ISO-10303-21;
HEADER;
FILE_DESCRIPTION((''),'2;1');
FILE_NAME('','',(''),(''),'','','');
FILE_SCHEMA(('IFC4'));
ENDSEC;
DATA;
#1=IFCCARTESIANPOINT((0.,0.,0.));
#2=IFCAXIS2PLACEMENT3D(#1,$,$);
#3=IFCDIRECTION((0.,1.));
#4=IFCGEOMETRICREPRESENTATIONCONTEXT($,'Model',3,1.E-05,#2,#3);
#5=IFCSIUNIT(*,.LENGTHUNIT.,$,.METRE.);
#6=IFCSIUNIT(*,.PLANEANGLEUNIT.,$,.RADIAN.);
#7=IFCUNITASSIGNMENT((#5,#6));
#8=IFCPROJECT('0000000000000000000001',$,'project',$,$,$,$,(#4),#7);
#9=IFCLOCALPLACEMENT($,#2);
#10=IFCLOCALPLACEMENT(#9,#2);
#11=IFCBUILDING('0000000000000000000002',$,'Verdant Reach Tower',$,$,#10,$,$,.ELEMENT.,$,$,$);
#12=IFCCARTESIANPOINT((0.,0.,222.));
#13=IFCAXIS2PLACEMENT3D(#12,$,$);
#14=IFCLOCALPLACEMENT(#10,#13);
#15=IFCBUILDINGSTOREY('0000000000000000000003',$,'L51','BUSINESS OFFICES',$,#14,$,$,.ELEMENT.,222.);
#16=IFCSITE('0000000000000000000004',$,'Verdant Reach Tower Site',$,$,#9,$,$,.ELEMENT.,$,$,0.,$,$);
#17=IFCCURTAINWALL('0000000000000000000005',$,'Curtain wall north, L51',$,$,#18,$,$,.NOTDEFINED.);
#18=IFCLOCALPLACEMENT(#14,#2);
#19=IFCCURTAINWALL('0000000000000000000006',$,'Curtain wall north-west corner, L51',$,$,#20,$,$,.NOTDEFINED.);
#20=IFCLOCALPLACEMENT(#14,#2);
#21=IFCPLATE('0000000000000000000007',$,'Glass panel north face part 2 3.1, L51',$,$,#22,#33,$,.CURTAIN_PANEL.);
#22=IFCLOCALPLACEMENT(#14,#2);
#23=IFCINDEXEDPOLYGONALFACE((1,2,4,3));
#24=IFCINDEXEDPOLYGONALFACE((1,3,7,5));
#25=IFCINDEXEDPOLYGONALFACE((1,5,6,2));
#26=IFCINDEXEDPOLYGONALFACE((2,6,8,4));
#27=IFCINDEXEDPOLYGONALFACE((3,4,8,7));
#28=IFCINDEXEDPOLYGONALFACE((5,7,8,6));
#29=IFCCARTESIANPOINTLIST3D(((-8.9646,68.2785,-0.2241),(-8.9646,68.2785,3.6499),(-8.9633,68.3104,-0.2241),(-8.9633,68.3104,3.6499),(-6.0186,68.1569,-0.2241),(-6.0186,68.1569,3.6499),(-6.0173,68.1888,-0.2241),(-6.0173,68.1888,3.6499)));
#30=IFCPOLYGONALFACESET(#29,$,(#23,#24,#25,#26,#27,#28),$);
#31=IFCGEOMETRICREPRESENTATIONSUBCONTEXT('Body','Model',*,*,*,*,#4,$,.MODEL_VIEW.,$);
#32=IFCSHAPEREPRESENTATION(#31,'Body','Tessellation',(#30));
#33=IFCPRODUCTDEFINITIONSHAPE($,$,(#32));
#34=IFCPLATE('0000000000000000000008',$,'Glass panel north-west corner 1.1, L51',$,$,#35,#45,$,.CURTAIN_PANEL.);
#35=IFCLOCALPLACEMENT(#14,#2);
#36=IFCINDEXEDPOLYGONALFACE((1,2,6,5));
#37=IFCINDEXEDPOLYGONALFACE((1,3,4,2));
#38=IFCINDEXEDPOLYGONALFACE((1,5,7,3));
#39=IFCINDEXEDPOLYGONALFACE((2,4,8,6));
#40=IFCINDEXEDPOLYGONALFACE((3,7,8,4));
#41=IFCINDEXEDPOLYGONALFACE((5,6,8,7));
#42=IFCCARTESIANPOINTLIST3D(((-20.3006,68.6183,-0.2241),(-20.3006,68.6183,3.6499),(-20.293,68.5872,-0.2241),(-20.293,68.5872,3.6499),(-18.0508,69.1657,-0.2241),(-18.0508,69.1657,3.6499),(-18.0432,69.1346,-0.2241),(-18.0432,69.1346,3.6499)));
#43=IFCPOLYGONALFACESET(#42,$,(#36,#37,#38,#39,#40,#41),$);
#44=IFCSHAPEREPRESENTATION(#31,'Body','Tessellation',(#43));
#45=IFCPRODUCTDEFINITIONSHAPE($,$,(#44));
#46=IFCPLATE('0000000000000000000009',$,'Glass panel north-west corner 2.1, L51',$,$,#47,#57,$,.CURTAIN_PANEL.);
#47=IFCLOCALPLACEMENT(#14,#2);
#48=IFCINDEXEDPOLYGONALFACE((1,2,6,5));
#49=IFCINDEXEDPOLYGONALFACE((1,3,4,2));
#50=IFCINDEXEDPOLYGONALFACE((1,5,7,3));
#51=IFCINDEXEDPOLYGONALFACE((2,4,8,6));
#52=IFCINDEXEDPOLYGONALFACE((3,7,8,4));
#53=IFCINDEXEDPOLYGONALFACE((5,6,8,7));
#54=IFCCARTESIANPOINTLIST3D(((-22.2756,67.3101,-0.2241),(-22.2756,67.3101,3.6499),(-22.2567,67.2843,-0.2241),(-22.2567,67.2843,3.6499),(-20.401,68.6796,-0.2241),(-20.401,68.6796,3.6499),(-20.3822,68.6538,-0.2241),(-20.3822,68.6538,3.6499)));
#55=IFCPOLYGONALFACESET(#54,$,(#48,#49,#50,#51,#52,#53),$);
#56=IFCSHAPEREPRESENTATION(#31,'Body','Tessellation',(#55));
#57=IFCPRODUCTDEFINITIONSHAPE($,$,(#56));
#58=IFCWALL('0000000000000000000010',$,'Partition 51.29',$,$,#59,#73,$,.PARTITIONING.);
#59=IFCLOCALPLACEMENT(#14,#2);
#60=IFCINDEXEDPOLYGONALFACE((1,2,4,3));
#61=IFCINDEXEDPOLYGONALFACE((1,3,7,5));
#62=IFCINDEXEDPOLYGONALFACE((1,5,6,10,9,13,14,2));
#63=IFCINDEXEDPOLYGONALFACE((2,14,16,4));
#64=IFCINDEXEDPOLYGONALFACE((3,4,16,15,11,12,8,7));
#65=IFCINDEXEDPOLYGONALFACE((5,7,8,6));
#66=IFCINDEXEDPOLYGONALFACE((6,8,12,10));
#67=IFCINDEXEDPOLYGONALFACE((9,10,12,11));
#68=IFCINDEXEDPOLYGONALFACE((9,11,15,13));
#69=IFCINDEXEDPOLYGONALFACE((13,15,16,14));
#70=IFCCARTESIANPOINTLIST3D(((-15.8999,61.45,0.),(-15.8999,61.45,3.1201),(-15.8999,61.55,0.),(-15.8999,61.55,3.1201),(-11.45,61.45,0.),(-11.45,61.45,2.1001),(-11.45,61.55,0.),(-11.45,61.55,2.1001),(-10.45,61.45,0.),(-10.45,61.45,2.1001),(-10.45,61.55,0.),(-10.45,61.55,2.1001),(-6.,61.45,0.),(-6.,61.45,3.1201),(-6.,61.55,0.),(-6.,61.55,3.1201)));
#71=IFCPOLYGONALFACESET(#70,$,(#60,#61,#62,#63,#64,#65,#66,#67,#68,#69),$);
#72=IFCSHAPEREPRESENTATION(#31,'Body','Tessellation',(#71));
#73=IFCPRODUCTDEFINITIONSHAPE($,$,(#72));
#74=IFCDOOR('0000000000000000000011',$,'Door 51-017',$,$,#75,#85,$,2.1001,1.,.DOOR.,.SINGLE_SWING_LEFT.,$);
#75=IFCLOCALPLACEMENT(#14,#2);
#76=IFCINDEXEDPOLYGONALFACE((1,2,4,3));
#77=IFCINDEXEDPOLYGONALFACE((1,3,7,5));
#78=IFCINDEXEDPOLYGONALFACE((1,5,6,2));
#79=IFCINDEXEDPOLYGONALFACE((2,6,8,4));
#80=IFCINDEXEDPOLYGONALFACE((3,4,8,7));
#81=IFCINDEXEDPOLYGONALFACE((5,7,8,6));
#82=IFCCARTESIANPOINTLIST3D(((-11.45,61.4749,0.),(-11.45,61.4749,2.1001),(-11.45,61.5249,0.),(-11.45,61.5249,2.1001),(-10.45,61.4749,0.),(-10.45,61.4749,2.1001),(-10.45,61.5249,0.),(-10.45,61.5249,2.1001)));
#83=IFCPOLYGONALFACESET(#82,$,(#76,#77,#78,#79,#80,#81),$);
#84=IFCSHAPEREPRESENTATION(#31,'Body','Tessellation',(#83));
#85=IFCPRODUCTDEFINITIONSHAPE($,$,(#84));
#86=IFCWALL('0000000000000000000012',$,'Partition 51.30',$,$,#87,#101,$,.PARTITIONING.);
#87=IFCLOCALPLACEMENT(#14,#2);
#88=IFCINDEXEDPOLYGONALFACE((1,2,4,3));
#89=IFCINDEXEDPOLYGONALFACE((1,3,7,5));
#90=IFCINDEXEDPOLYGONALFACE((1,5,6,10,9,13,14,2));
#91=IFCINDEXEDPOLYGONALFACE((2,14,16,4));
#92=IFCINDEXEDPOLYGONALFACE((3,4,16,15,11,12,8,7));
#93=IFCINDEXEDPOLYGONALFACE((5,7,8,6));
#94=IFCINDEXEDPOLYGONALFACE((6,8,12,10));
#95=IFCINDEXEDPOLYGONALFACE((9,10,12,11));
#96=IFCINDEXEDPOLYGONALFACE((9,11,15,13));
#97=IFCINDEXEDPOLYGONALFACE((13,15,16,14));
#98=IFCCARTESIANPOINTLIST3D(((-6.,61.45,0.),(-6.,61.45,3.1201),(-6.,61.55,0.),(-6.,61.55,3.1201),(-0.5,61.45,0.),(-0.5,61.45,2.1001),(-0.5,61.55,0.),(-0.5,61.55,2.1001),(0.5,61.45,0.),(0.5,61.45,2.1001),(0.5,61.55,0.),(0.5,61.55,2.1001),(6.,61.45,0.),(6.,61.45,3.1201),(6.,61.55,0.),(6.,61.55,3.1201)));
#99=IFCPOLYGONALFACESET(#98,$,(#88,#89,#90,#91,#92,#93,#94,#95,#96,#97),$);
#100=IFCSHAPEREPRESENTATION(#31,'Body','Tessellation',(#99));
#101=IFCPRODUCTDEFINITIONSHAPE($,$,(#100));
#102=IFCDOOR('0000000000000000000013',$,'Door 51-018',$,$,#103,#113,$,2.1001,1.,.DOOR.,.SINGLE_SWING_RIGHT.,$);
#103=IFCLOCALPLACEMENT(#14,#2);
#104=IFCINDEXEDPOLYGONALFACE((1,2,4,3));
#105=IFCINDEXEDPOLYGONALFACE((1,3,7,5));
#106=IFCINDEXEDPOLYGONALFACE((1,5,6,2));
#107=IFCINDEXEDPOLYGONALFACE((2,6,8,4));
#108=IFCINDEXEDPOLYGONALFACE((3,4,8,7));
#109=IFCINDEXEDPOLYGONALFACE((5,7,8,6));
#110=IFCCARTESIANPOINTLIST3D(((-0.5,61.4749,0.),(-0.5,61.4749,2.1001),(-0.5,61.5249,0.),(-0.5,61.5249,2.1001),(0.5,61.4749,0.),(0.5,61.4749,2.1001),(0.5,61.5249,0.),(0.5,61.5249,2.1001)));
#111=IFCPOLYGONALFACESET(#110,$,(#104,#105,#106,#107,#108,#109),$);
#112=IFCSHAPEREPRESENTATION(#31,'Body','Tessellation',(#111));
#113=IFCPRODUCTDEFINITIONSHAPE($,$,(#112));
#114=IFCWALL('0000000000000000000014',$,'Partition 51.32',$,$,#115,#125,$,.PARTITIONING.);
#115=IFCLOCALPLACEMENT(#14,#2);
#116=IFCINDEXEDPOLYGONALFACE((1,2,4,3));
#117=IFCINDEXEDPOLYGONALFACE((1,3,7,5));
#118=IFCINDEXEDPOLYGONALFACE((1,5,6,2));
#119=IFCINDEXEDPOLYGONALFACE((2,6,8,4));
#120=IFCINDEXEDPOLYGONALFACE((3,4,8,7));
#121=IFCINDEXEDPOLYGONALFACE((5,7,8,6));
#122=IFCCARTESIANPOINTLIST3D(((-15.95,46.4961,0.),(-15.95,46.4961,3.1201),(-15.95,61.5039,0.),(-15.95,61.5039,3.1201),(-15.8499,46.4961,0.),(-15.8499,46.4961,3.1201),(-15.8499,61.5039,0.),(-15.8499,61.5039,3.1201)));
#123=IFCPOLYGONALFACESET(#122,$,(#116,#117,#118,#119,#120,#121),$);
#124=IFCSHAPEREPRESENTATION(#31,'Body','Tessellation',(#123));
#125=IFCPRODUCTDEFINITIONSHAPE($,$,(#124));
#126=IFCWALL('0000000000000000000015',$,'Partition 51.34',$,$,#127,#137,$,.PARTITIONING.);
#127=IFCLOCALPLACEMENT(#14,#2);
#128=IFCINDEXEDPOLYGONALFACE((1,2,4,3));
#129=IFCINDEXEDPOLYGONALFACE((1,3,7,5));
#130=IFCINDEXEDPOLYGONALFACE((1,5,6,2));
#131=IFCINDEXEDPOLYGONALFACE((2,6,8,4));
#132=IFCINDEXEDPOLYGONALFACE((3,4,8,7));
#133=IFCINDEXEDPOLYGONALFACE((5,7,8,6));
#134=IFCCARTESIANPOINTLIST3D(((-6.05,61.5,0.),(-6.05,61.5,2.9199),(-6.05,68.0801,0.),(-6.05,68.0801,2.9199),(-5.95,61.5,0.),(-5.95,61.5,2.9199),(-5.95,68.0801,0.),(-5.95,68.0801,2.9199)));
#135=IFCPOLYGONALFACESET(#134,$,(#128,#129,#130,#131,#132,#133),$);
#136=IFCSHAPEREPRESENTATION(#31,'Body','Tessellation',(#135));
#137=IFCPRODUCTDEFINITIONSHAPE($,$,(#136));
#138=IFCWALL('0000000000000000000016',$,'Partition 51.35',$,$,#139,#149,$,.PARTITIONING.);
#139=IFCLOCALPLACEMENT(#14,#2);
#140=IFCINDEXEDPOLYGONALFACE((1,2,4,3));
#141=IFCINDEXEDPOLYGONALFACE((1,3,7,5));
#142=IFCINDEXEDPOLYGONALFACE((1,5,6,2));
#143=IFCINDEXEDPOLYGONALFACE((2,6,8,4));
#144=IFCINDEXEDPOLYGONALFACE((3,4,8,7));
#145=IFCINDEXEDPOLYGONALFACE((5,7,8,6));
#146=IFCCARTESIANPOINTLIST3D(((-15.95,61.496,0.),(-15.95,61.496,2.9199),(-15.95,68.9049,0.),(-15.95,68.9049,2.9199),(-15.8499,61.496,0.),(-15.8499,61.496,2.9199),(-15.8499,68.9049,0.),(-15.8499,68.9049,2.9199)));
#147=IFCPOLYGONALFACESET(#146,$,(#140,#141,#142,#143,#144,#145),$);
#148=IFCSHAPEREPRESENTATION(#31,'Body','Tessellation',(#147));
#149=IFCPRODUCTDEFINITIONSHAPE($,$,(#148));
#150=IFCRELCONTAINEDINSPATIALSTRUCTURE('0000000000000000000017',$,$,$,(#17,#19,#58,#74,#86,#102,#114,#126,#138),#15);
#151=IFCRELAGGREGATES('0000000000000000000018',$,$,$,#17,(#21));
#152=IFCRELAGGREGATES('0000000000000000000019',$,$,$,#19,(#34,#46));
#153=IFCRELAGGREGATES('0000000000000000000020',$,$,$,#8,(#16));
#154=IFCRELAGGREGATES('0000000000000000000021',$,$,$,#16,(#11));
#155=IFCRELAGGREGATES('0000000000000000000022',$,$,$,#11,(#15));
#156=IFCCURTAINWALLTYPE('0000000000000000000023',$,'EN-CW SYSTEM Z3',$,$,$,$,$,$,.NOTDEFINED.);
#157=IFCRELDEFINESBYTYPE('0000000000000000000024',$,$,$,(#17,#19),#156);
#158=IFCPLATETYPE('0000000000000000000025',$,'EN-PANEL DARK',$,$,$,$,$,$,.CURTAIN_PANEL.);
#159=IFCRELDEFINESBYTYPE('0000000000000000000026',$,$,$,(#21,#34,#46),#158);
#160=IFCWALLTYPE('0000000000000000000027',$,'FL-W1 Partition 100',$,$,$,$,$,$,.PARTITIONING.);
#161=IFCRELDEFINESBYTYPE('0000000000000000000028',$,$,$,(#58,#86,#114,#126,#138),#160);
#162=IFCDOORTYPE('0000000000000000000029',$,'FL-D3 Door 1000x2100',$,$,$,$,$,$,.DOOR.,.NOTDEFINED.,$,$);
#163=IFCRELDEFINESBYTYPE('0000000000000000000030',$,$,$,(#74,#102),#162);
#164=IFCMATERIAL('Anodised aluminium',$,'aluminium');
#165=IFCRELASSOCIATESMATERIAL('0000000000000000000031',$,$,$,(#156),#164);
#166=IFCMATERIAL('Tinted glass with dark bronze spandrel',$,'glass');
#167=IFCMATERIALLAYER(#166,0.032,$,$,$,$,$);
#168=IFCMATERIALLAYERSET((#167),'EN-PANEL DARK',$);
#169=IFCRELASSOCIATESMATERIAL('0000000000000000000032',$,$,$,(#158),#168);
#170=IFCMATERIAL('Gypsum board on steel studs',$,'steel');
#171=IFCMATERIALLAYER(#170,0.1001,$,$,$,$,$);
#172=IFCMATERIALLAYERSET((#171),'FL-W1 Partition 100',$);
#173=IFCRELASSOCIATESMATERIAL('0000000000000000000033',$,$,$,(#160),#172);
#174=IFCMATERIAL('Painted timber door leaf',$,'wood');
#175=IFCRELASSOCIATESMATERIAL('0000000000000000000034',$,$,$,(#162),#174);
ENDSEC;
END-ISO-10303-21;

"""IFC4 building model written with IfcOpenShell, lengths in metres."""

from ifc_helpers import new_model, si_unit, direction, frame, frame_2d, origin, origin_2d, place, context, subcontext, project, spatial, rectangle, extrude, material, layer, layer_set, type_object, element, fill, aggregate, save


model = new_model("IFC4")

# Units and contexts
model_context = context("Model", 3, precision=1e-05, world=origin(), true_north=direction((0.0, 1.0)))
body_context = subcontext(model_context, "Body", "Model", "MODEL_VIEW")
ifc_project = project(units=[si_unit("LENGTHUNIT", "METRE"), si_unit("PLANEANGLEUNIT", "RADIAN")], contexts=[model_context])

# Site, building, storey
site_placement = place(None, origin())
site = spatial("IfcSite", under=ifc_project, at=site_placement, Name="Verdant Reach Tower Site", CompositionType="ELEMENT", RefElevation=0.0)
building_placement = place(site_placement, origin())
building = spatial("IfcBuilding", under=site, at=building_placement, Name="Verdant Reach Tower", CompositionType="ELEMENT")
storey_placement = place(building_placement, frame((0.0, 0.0, 222.0)))
storey = spatial("IfcBuildingStorey", under=building, at=storey_placement, Name="L51", Description="BUSINESS OFFICES", CompositionType="ELEMENT", Elevation=222.0)

# Curtain wall
ifc_material_1 = material(Name="Anodised aluminium", Category="aluminium")
curtain_wall_type = type_object("IfcCurtainWallType", Name="EN-CW SYSTEM Z3", PredefinedType="NOTDEFINED", material=ifc_material_1)
curtain_wall_1_placement = place(storey_placement, origin())
curtain_wall_1 = element("IfcCurtainWall", 1, at=curtain_wall_1_placement, inside=storey, type_object=curtain_wall_type, Name="Curtain wall north, L51", PredefinedType="NOTDEFINED")

# Curtain wall
curtain_wall_2_placement = place(storey_placement, origin())
curtain_wall_2 = element("IfcCurtainWall", 2, at=curtain_wall_2_placement, inside=storey, type_object=curtain_wall_type, Name="Curtain wall north-west corner, L51", PredefinedType="NOTDEFINED")

# Plates
ifc_material_2 = material(Name="Tinted glass with dark bronze spandrel", Category="glass")
ifc_layer_1 = layer(ifc_material_2, 0.032)
ifc_layer_set_1 = layer_set([ifc_layer_1], Name="EN-PANEL DARK")
plate_type_1 = type_object("IfcPlateType", Name="EN-PANEL DARK", PredefinedType="CURTAIN_PANEL", material=ifc_layer_set_1)
plate_1_placement = place(storey_placement, frame((-7.491, 68.2336, -0.2241), z_axis=(0.0, 0.0, 1.0), x_axis=(-0.999149, 0.041242, 0.0)))
plate_1 = element("IfcPlate", 3, at=plate_1_placement, type_object=plate_type_1, Name="Glass panel north face part 2 3.1, L51", PredefinedType="CURTAIN_PANEL", context=body_context, shape_type="SweptSolid", body=[
    extrude(rectangle(XDim=2.9485, YDim=0.032, at=origin_2d()), origin(), (0.0, 0.0, 1.0), 3.874),
])
aggregate(curtain_wall_1, [plate_1])
plate_2_placement = place(storey_placement, frame((-19.1719, 68.8765, -0.2241), z_axis=(0.0, 0.0, 1.0), x_axis=(-0.971655, -0.236403, 0.0)))
plate_2 = element("IfcPlate", 4, at=plate_2_placement, type_object=plate_type_1, Name="Glass panel north-west corner 1.1, L51", PredefinedType="CURTAIN_PANEL", context=body_context, shape_type="SweptSolid", body=[
    extrude(rectangle(XDim=2.3154, YDim=0.032, at=origin_2d()), origin(), (0.0, 0.0, 1.0), 3.874),
])
plate_3_placement = place(storey_placement, frame((-21.3289, 67.9819, -0.2241), z_axis=(0.0, 0.0, 1.0), x_axis=(-0.807457, -0.589927, 0.0)))
plate_3 = element("IfcPlate", 5, at=plate_3_placement, type_object=plate_type_1, Name="Glass panel north-west corner 2.1, L51", PredefinedType="CURTAIN_PANEL", context=body_context, shape_type="SweptSolid", body=[
    extrude(rectangle(XDim=2.3215, YDim=0.032, at=origin_2d()), origin(), (0.0, 0.0, 1.0), 3.874),
])
aggregate(curtain_wall_2, [plate_2, plate_3])

# Walls, openings, doors
ifc_material_3 = material(Name="Gypsum board on steel studs", Category="steel")
ifc_layer_2 = layer(ifc_material_3, 0.1001)
ifc_layer_set_2 = layer_set([ifc_layer_2], Name="FL-W1 Partition 100")
wall_type = type_object("IfcWallType", Name="FL-W1 Partition 100", PredefinedType="PARTITIONING", material=ifc_layer_set_2)
wall_1_placement = place(storey_placement, frame((-15.8999, 61.5, 0.0), z_axis=(0.0, 0.0, 1.0), x_axis=(1.0, 0.0, 0.0)))
wall_1 = element("IfcWall", 6, at=wall_1_placement, inside=storey, type_object=wall_type, Name="Partition 51.29", PredefinedType="PARTITIONING", context=body_context, shape_type="SweptSolid", body=[
    extrude(rectangle(XDim=9.8999, YDim=0.1001, at=frame_2d((4.95, 0.0))), origin(), (0.0, 0.0, 1.0), 3.1201),
])
opening_1_placement = place(wall_1_placement, frame((4.45, 0.0, 0.0)))
opening_1 = element("IfcOpeningElement", 7, at=opening_1_placement, cuts=wall_1, PredefinedType="OPENING", context=body_context, shape_type="SweptSolid", body=[
    extrude(rectangle(XDim=1.0, YDim=2.1001, at=frame_2d((0.5, 1.05))), frame((0.0, 0.0601, 0.0), z_axis=(0.0, -1.0, 0.0), x_axis=(1.0, 0.0, 0.0)), (0.0, 0.0, 1.0), 0.1201),
])
ifc_material_4 = material(Name="Painted timber door leaf", Category="wood")
door_type = type_object("IfcDoorType", Name="FL-D3 Door 1000x2100", OperationType="NOTDEFINED", PredefinedType="DOOR", material=ifc_material_4)
door_1_placement = place(opening_1_placement, origin())
door_1 = element("IfcDoor", 8, at=door_1_placement, inside=storey, type_object=door_type, Name="Door 51-017", OperationType="SINGLE_SWING_LEFT", OverallHeight=2.1001, OverallWidth=1.0, PredefinedType="DOOR", context=body_context, shape_type="SweptSolid", body=[
    extrude(rectangle(XDim=1.0, YDim=2.1001, at=frame_2d((0.5, 1.05))), frame((0.0, 0.0249, 0.0), z_axis=(0.0, -1.0, 0.0), x_axis=(1.0, 0.0, 0.0)), (0.0, 0.0, 1.0), 0.05),
])
fill(opening_1, door_1)
wall_2_placement = place(storey_placement, frame((-6.0, 61.5, 0.0), z_axis=(0.0, 0.0, 1.0), x_axis=(1.0, 0.0, 0.0)))
wall_2 = element("IfcWall", 9, at=wall_2_placement, inside=storey, type_object=wall_type, Name="Partition 51.30", PredefinedType="PARTITIONING", context=body_context, shape_type="SweptSolid", body=[
    extrude(rectangle(XDim=12.0, YDim=0.1001, at=frame_2d((6.0, 0.0))), origin(), (0.0, 0.0, 1.0), 3.1201),
])
opening_2_placement = place(wall_2_placement, frame((5.5, 0.0, 0.0)))
opening_2 = element("IfcOpeningElement", 10, at=opening_2_placement, cuts=wall_2, PredefinedType="OPENING", context=body_context, shape_type="SweptSolid", body=[
    extrude(rectangle(XDim=1.0, YDim=2.1001, at=frame_2d((0.5, 1.05))), frame((0.0, 0.0601, 0.0), z_axis=(0.0, -1.0, 0.0), x_axis=(1.0, 0.0, 0.0)), (0.0, 0.0, 1.0), 0.1201),
])
door_2_placement = place(opening_2_placement, origin())
door_2 = element("IfcDoor", 11, at=door_2_placement, inside=storey, type_object=door_type, Name="Door 51-018", OperationType="SINGLE_SWING_RIGHT", OverallHeight=2.1001, OverallWidth=1.0, PredefinedType="DOOR", context=body_context, shape_type="SweptSolid", body=[
    extrude(rectangle(XDim=1.0, YDim=2.1001, at=frame_2d((0.5, 1.05))), frame((0.0, 0.0249, 0.0), z_axis=(0.0, -1.0, 0.0), x_axis=(1.0, 0.0, 0.0)), (0.0, 0.0, 1.0), 0.05),
])
fill(opening_2, door_2)

# Walls
wall_3_placement = place(storey_placement, frame((-15.8999, 61.5039, 0.0), z_axis=(0.0, 0.0, 1.0), x_axis=(0.0, -1.0, 0.0)))
element("IfcWall", 12, at=wall_3_placement, inside=storey, type_object=wall_type, Name="Partition 51.32", PredefinedType="PARTITIONING", context=body_context, shape_type="SweptSolid", body=[
    extrude(rectangle(XDim=15.0078, YDim=0.1001, at=frame_2d((7.5039, 0.0))), origin(), (0.0, 0.0, 1.0), 3.1201),
])
wall_4_placement = place(storey_placement, frame((-6.0, 61.5, 0.0), z_axis=(0.0, 0.0, 1.0), x_axis=(0.0, 1.0, 0.0)))
element("IfcWall", 13, at=wall_4_placement, inside=storey, type_object=wall_type, Name="Partition 51.34", PredefinedType="PARTITIONING", context=body_context, shape_type="SweptSolid", body=[
    extrude(rectangle(XDim=6.5801, YDim=0.1001, at=frame_2d((3.29, 0.0))), origin(), (0.0, 0.0, 1.0), 2.9199),
])
wall_5_placement = place(storey_placement, frame((-15.8999, 68.905, 0.0), z_axis=(0.0, 0.0, 1.0), x_axis=(0.0, -1.0, 0.0)))
element("IfcWall", 14, at=wall_5_placement, inside=storey, type_object=wall_type, Name="Partition 51.35", PredefinedType="PARTITIONING", context=body_context, shape_type="SweptSolid", body=[
    extrude(rectangle(XDim=7.4089, YDim=0.1001, at=frame_2d((3.7046, 0.0))), origin(), (0.0, 0.0, 1.0), 2.9199),
])

save(model, "model.ifc")
